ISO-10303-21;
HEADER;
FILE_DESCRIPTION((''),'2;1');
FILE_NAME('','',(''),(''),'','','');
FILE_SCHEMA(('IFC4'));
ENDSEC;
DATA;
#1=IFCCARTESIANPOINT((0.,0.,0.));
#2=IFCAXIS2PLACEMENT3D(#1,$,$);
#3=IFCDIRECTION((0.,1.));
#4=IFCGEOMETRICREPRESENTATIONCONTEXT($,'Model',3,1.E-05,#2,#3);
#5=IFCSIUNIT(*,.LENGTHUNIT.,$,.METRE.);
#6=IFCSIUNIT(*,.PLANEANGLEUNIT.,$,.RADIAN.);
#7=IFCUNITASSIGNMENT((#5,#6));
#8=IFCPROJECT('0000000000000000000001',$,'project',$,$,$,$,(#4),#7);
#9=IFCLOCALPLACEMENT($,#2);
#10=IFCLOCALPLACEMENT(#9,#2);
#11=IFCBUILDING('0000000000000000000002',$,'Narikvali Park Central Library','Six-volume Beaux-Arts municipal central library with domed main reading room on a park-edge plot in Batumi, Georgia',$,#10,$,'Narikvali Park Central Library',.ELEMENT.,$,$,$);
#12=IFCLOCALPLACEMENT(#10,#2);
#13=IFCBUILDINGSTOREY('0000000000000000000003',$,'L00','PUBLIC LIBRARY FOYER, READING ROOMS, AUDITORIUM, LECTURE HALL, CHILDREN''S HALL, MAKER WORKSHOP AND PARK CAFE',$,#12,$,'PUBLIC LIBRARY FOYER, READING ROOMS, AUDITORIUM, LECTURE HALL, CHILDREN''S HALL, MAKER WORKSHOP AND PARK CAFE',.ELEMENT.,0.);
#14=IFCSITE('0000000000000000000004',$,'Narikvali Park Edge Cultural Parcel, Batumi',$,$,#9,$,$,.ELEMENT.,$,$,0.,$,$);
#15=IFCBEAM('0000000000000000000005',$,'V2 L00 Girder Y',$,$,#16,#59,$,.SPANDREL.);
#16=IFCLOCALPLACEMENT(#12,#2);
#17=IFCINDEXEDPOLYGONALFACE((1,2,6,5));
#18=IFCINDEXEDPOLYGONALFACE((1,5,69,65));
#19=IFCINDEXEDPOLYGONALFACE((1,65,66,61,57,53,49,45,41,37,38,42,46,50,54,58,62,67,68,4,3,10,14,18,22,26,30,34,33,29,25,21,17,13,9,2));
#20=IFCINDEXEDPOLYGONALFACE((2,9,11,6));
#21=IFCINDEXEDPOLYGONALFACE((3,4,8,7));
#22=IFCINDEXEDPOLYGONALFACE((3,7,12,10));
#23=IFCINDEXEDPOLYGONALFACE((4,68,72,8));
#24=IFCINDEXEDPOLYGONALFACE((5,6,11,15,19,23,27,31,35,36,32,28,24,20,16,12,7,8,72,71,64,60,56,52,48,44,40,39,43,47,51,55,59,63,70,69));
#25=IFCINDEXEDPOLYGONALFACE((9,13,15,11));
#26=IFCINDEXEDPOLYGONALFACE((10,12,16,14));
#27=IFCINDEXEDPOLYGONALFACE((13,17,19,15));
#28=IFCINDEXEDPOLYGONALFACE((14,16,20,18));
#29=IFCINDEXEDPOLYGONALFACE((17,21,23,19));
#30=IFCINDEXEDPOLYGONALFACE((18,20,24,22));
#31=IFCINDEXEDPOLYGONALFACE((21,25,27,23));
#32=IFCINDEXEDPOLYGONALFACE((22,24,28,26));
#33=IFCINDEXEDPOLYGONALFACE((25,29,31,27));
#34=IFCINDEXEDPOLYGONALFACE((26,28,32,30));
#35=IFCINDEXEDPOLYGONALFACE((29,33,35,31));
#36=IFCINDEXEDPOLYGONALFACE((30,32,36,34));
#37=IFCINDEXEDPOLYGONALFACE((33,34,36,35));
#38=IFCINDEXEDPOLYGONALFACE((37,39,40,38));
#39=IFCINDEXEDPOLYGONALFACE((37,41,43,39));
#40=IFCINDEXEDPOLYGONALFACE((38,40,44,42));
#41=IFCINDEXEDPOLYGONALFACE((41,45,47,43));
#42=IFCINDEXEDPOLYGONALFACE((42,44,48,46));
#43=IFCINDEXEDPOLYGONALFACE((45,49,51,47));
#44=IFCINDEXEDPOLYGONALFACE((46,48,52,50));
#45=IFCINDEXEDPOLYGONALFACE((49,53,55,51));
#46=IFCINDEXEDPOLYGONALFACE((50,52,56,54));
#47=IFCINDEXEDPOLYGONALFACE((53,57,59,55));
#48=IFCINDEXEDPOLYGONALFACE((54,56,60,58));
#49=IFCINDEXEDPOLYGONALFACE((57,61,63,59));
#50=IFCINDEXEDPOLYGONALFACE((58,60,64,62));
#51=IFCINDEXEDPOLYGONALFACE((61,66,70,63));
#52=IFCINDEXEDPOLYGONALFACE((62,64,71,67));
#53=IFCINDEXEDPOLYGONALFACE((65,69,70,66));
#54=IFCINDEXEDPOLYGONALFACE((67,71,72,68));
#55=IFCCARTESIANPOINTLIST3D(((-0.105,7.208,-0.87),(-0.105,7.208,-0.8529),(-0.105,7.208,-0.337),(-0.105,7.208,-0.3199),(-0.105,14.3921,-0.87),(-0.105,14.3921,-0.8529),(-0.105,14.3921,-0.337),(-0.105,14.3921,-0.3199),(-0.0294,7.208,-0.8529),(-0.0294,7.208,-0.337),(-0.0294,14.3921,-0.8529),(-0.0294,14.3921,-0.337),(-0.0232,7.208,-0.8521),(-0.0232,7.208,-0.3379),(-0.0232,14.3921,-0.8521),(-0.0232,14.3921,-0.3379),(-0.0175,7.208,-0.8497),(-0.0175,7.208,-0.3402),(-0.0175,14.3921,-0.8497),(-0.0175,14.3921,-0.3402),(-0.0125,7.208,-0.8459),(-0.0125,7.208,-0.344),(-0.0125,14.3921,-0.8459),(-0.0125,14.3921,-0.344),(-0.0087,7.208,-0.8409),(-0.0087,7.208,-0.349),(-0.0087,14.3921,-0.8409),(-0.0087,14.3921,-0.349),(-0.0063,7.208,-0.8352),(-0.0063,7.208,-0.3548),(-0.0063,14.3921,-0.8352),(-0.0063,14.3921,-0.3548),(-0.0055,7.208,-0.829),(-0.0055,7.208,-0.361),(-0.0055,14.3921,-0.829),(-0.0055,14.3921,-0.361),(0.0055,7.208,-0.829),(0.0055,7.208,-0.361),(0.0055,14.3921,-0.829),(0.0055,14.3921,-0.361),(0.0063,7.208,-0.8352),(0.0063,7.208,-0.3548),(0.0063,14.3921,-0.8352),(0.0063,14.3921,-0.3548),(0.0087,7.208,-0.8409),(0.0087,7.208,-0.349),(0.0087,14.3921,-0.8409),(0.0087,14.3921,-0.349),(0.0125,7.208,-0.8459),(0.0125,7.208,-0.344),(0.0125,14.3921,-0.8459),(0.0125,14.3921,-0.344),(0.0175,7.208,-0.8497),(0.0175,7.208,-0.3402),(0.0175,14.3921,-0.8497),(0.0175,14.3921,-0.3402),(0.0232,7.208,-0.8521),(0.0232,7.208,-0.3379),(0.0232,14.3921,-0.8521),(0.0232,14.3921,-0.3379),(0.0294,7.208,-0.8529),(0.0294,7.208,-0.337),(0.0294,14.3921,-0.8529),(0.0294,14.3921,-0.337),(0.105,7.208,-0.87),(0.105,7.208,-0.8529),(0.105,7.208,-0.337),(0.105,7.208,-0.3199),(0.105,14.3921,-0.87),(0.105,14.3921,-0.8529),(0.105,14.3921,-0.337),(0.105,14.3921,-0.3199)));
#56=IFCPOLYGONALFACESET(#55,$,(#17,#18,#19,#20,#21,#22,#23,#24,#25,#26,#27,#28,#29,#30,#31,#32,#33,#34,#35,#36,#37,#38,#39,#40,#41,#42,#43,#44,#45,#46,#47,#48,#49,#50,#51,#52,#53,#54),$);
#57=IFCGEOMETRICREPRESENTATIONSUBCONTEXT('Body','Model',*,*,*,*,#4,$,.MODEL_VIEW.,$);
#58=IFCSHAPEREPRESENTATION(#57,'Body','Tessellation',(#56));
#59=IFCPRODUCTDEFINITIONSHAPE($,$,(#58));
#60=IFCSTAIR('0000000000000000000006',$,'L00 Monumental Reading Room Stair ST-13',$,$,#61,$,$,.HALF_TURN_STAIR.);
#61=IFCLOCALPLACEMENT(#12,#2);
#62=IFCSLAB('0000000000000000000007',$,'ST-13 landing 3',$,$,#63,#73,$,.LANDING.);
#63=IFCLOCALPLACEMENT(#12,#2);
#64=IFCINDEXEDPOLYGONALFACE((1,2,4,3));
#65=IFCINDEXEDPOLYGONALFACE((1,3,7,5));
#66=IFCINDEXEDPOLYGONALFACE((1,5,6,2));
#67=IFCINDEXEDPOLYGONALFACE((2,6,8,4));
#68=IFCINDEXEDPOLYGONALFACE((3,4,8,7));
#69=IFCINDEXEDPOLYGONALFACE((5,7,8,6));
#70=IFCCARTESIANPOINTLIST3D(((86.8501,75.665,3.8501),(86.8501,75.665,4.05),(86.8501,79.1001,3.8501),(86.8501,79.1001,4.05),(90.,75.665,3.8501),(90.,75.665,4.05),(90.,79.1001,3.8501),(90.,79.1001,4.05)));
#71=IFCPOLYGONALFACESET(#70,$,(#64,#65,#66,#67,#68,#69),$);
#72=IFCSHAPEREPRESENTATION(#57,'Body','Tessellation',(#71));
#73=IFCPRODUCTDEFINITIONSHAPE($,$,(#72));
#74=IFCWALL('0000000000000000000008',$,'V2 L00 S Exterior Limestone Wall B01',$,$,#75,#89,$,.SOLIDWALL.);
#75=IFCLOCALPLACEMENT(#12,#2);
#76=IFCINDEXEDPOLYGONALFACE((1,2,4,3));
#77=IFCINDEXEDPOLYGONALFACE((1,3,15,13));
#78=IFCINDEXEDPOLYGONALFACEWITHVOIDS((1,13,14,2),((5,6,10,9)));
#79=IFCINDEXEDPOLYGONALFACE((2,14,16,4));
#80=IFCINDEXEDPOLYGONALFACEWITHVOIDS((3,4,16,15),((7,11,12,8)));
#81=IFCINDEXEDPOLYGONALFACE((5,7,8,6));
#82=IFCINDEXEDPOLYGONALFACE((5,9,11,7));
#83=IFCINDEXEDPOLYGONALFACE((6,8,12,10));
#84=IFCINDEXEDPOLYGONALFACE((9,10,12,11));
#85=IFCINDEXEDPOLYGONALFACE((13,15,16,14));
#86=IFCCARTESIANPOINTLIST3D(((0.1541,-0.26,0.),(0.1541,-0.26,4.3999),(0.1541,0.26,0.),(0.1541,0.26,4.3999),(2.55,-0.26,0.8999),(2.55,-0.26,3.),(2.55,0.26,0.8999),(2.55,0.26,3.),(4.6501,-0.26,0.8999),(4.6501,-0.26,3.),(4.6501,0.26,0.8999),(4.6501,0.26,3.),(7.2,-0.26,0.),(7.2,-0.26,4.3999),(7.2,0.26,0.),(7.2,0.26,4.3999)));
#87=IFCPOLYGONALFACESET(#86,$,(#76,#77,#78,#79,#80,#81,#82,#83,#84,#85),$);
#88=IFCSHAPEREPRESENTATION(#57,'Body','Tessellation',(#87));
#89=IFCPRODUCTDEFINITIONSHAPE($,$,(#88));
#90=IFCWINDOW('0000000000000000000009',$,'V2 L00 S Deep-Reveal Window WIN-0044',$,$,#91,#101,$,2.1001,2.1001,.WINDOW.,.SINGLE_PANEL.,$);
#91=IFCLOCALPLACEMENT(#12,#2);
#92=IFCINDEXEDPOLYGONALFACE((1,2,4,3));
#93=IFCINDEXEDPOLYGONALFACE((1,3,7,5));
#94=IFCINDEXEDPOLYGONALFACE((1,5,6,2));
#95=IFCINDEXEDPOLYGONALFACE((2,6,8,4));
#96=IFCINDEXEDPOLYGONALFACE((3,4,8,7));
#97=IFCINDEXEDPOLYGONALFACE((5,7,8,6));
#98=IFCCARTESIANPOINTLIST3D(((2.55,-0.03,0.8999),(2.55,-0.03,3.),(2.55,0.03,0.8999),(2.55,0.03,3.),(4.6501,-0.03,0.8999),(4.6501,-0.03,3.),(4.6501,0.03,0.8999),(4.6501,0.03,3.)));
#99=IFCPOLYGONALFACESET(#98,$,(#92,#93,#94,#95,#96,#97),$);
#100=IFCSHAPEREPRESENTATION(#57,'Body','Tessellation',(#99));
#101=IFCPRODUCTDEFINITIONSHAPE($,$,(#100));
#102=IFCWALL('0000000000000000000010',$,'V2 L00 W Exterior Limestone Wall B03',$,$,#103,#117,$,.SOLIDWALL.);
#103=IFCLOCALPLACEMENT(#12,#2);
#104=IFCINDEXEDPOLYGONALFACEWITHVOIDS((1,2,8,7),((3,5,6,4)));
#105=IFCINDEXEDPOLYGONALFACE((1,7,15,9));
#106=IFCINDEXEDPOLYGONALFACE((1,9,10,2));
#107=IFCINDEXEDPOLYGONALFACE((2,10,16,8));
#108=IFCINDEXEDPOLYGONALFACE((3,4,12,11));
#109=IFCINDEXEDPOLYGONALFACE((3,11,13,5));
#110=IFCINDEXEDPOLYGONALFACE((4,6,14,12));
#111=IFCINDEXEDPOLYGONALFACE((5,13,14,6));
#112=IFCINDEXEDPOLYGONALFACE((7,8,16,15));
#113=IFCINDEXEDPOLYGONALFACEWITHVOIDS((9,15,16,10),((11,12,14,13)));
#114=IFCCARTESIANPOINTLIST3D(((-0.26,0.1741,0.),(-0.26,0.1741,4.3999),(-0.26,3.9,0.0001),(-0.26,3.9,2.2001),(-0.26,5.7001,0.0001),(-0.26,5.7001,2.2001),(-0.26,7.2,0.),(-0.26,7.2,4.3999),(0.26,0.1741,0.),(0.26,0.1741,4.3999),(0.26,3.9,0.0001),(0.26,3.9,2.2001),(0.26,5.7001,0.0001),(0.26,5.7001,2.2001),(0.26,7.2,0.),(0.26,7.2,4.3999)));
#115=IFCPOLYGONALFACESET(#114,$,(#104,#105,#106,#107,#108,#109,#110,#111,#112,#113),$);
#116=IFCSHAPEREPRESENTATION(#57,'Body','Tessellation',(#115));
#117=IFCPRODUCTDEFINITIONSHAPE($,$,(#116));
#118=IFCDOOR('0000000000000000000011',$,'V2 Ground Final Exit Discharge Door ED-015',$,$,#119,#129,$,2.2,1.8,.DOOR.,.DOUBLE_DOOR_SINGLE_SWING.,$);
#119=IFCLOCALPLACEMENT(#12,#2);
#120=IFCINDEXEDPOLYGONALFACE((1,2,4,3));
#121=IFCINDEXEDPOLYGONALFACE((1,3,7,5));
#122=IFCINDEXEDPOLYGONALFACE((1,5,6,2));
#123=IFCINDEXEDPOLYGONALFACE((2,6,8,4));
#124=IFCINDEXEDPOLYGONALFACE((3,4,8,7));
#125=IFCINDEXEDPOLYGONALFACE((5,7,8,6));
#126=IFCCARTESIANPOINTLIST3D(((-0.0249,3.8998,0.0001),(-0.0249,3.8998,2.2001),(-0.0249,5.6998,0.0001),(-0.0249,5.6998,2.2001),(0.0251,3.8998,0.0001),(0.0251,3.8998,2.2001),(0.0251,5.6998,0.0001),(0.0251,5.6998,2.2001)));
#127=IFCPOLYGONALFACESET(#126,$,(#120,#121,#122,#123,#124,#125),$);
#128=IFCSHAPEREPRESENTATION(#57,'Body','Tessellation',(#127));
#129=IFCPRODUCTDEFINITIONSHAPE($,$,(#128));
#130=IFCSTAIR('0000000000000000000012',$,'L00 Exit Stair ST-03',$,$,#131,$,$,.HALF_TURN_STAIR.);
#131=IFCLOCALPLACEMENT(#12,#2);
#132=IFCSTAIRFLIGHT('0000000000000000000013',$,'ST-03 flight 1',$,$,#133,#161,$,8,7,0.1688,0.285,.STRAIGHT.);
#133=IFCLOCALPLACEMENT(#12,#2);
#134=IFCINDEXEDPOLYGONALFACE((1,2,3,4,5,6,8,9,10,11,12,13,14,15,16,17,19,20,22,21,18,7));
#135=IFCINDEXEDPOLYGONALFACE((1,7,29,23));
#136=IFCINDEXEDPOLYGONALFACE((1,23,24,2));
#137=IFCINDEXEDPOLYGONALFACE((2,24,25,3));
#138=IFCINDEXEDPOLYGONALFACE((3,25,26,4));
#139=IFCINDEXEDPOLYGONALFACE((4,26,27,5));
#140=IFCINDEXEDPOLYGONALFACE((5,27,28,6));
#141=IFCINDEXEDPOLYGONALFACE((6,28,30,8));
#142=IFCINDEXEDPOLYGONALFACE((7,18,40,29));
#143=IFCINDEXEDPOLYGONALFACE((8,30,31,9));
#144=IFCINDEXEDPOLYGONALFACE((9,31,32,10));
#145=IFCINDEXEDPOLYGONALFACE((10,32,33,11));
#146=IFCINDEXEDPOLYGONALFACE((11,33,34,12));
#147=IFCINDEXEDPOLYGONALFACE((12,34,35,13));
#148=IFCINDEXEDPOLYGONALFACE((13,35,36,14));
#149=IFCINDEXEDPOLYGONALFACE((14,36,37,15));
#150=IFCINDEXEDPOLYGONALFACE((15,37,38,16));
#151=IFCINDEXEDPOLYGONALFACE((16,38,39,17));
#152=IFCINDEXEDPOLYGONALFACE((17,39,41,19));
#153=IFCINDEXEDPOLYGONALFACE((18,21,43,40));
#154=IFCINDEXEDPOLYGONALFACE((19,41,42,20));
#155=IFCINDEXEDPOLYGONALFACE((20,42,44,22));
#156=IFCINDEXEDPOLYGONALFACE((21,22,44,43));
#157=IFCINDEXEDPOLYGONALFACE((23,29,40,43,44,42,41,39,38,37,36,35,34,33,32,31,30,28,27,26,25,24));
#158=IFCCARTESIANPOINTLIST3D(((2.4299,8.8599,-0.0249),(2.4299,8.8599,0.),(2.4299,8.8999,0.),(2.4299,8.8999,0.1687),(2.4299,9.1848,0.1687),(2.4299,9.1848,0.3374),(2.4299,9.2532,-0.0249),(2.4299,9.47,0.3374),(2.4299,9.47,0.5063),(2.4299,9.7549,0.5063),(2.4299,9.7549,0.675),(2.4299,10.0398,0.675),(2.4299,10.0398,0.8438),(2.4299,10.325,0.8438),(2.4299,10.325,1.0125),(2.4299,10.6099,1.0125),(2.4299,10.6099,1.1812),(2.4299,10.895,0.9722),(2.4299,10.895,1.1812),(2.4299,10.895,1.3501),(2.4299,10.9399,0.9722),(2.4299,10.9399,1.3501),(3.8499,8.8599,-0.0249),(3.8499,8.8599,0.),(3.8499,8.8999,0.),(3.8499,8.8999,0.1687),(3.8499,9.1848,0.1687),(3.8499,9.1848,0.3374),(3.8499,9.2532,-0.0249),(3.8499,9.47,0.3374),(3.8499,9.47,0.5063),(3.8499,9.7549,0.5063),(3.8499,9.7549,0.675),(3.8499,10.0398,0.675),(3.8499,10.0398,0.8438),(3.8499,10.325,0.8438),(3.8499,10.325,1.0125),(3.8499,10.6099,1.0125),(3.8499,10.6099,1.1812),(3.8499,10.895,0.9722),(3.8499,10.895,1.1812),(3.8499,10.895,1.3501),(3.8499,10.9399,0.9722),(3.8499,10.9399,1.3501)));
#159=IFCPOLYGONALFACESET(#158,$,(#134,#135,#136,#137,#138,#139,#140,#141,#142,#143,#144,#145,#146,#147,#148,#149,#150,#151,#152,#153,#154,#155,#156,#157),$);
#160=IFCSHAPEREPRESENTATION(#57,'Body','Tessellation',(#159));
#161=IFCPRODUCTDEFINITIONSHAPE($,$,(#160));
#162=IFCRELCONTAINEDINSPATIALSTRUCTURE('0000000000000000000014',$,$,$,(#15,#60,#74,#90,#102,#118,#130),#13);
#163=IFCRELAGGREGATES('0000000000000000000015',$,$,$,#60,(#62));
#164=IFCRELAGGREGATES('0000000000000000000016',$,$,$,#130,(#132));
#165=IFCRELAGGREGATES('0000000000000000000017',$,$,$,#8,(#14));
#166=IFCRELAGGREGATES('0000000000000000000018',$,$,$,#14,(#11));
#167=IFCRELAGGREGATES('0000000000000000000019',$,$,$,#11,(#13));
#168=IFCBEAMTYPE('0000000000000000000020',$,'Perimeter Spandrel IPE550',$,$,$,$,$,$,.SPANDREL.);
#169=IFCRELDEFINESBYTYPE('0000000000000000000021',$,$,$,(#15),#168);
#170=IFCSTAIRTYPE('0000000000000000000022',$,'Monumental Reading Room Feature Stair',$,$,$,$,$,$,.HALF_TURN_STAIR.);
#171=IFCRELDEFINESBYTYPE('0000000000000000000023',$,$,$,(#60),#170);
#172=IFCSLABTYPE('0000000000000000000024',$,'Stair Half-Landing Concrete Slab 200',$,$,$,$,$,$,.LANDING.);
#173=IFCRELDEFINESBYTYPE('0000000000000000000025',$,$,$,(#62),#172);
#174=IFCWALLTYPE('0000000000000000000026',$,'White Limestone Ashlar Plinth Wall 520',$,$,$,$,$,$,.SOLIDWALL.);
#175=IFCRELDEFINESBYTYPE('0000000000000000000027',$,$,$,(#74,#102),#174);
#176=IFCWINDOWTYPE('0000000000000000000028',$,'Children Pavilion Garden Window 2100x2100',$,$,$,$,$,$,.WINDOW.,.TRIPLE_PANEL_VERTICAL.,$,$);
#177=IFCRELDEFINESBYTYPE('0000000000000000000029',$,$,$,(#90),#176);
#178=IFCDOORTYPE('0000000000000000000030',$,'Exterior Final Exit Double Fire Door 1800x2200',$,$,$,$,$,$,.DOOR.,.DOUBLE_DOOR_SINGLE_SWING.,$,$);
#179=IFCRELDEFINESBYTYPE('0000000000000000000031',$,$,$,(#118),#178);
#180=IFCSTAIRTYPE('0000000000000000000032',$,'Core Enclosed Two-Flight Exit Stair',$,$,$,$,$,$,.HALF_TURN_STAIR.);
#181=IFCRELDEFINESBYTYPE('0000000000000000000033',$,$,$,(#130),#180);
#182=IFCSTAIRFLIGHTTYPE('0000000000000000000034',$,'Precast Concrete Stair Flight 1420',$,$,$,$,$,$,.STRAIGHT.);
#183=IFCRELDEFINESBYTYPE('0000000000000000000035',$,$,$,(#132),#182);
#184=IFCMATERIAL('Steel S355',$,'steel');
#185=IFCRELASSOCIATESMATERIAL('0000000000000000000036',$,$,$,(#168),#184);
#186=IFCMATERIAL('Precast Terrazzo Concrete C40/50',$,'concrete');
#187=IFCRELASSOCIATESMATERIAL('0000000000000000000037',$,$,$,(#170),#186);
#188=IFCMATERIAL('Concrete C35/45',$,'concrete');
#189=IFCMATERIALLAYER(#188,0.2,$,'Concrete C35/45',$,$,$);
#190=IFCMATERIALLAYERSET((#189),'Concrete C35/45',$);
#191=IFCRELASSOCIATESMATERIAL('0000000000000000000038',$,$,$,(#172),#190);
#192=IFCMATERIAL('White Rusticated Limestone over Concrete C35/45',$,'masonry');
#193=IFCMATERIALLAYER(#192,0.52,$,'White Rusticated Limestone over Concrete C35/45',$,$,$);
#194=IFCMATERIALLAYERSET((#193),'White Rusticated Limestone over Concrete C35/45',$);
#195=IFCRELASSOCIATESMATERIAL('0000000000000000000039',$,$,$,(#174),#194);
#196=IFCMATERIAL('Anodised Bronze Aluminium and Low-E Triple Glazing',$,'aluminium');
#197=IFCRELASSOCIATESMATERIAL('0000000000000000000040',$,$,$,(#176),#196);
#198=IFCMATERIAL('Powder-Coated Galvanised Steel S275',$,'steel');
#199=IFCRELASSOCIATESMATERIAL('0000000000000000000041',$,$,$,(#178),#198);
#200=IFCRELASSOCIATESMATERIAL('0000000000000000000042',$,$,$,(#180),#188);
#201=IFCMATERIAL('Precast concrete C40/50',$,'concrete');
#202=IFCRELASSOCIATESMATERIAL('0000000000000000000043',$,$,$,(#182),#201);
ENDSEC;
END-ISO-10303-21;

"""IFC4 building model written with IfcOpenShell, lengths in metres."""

from ifc_helpers import new_model, si_unit, direction, frame, frame_2d, origin, origin_2d, place, context, subcontext, project, spatial, polyline, rectangle, i_section, outline, extrude, material, layer, layer_set, material_profile, profile_set, type_object, element, fill, aggregate, save


model = new_model("IFC4")

# Units and contexts
model_context = context("Model", 3, precision=1e-05, world=origin(), true_north=direction((0.0, 1.0)))
body_context = subcontext(model_context, "Body", "Model", "MODEL_VIEW")
ifc_project = project(units=[si_unit("LENGTHUNIT", "METRE"), si_unit("PLANEANGLEUNIT", "RADIAN")], contexts=[model_context])

# Site, building, storey
site_placement = place(None, origin())
site = spatial("IfcSite", under=ifc_project, at=site_placement, Name="Narikvali Park Edge Cultural Parcel, Batumi", CompositionType="ELEMENT", RefElevation=0.0)
building_placement = place(site_placement, origin())
building = spatial("IfcBuilding", under=site, at=building_placement, Name="Narikvali Park Central Library", Description="Six-volume Beaux-Arts municipal central library with domed main reading room on a park-edge plot in Batumi, Georgia", LongName="Narikvali Park Central Library", CompositionType="ELEMENT")
storey_placement = place(building_placement, origin())
storey = spatial("IfcBuildingStorey", under=building, at=storey_placement, Name="L00", Description="PUBLIC LIBRARY FOYER, READING ROOMS, AUDITORIUM, LECTURE HALL, CHILDREN'S HALL, MAKER WORKSHOP AND PARK CAFE", LongName="PUBLIC LIBRARY FOYER, READING ROOMS, AUDITORIUM, LECTURE HALL, CHILDREN'S HALL, MAKER WORKSHOP AND PARK CAFE", CompositionType="ELEMENT", Elevation=0.0)

# Shared definitions
ifc_material_1 = material(Name="Steel S355", Category="steel")

# Beam
ifc_material_profile_1 = material_profile(ifc_material_1, i_section(OverallWidth=0.21, OverallDepth=0.55, WebThickness=0.011, FlangeThickness=0.0171, FilletRadius=0.0239, at=origin_2d()), Name="IPE 550")
ifc_profile_set_1 = profile_set([ifc_material_profile_1], Name="Steel S355")
beam_type_1 = type_object("IfcBeamType", Name="Perimeter Spandrel IPE550", PredefinedType="SPANDREL", material=ifc_profile_set_1)
beam_1_placement = place(storey_placement, frame((0.0, 7.208, -0.595), z_axis=(0.0, 1.0, 0.0), x_axis=(-1.0, 0.0, 0.0)))
element("IfcBeam", 1, at=beam_1_placement, inside=storey, type_object=beam_type_1, Name="V2 L00 Girder Y", PredefinedType="SPANDREL", context=body_context, shape_type="SweptSolid", body=[
    extrude(i_section(OverallWidth=0.21, OverallDepth=0.55, WebThickness=0.011, FlangeThickness=0.0171, FilletRadius=0.0239, at=origin_2d()), origin(), (0.0, 0.0, 1.0), 7.1841),
])

# Stair, slab
ifc_material_2 = material(Name="Precast Terrazzo Concrete C40/50", Category="concrete")
stair_type_1 = type_object("IfcStairType", Name="Monumental Reading Room Feature Stair", PredefinedType="HALF_TURN_STAIR", material=ifc_material_2)
stair_1_placement = place(storey_placement, origin())
stair_1 = element("IfcStair", 2, at=stair_1_placement, inside=storey, type_object=stair_type_1, Name="L00 Monumental Reading Room Stair ST-13", PredefinedType="HALF_TURN_STAIR")
ifc_material_3 = material(Name="Concrete C35/45", Category="concrete")
ifc_layer_1 = layer(ifc_material_3, 0.2, Name="Concrete C35/45")
ifc_layer_set_1 = layer_set([ifc_layer_1], Name="Concrete C35/45")
slab_type = type_object("IfcSlabType", Name="Stair Half-Landing Concrete Slab 200", PredefinedType="LANDING", material=ifc_layer_set_1)
slab_placement = place(storey_placement, frame((0.0, 0.0, 3.8501)))
slab = element("IfcSlab", 3, at=slab_placement, type_object=slab_type, Name="ST-13 landing 3", PredefinedType="LANDING", context=body_context, shape_type="SweptSolid", body=[
    extrude(outline(polyline([(90.0, 75.665), (90.0, 79.1001), (86.8501, 79.1001), (86.8501, 75.665), (90.0, 75.665)])), origin(), (0.0, 0.0, 1.0), 0.2),
])
aggregate(stair_1, [slab])

# Wall, opening, window
ifc_material_4 = material(Name="White Rusticated Limestone over Concrete C35/45", Category="masonry")
ifc_layer_2 = layer(ifc_material_4, 0.52, Name="White Rusticated Limestone over Concrete C35/45")
ifc_layer_set_2 = layer_set([ifc_layer_2], Name="White Rusticated Limestone over Concrete C35/45")
wall_type_1 = type_object("IfcWallType", Name="White Limestone Ashlar Plinth Wall 520", PredefinedType="SOLIDWALL", material=ifc_layer_set_2)
wall_1_placement = place(storey_placement, frame((0.1541, 0.0, 0.0), z_axis=(0.0, 0.0, 1.0), x_axis=(1.0, 0.0, 0.0)))
wall_1 = element("IfcWall", 4, at=wall_1_placement, inside=storey, type_object=wall_type_1, Name="V2 L00 S Exterior Limestone Wall B01", PredefinedType="SOLIDWALL", context=body_context, shape_type="SweptSolid", body=[
    extrude(rectangle(XDim=7.0459, YDim=0.52, at=frame_2d((3.5229, 0.0))), origin(), (0.0, 0.0, 1.0), 4.3999),
])
opening_1_placement = place(wall_1_placement, frame((2.396, 0.0, 0.8999)))
opening_1 = element("IfcOpeningElement", 5, at=opening_1_placement, cuts=wall_1, PredefinedType="OPENING", context=body_context, shape_type="SweptSolid", body=[
    extrude(rectangle(XDim=2.1001, YDim=2.1001, at=frame_2d((1.05, 1.05))), frame((0.0, 0.272, 0.0), z_axis=(0.0, -1.0, 0.0), x_axis=(1.0, 0.0, 0.0)), (0.0, 0.0, 1.0), 0.5439),
])
ifc_material_5 = material(Name="Anodised Bronze Aluminium and Low-E Triple Glazing", Category="aluminium")
window_type = type_object("IfcWindowType", Name="Children Pavilion Garden Window 2100x2100", PartitioningType="TRIPLE_PANEL_VERTICAL", PredefinedType="WINDOW", material=ifc_material_5)
window_placement = place(opening_1_placement, origin())
window = element("IfcWindow", 6, at=window_placement, inside=storey, type_object=window_type, Name="V2 L00 S Deep-Reveal Window WIN-0044", OverallHeight=2.1001, OverallWidth=2.1001, PartitioningType="SINGLE_PANEL", PredefinedType="WINDOW", context=body_context, shape_type="SweptSolid", body=[
    extrude(rectangle(XDim=2.1001, YDim=2.1001, at=frame_2d((1.05, 1.05))), frame((0.0, 0.03, 0.0), z_axis=(0.0, -1.0, 0.0), x_axis=(1.0, 0.0, 0.0)), (0.0, 0.0, 1.0), 0.0601),
])
fill(opening_1, window)

# Wall, opening, door
wall_2_placement = place(storey_placement, frame((0.0, 7.2, 0.0), z_axis=(0.0, 0.0, 1.0), x_axis=(0.0, -1.0, 0.0)))
wall_2 = element("IfcWall", 7, at=wall_2_placement, inside=storey, type_object=wall_type_1, Name="V2 L00 W Exterior Limestone Wall B03", PredefinedType="SOLIDWALL", context=body_context, shape_type="SweptSolid", body=[
    extrude(rectangle(XDim=7.0259, YDim=0.52, at=frame_2d((3.5129, 0.0))), origin(), (0.0, 0.0, 1.0), 4.3999),
])
opening_2_placement = place(wall_2_placement, frame((1.5, 0.0, 0.0)))
opening_2 = element("IfcOpeningElement", 8, at=opening_2_placement, cuts=wall_2, PredefinedType="OPENING", context=body_context, shape_type="SweptSolid", body=[
    extrude(rectangle(XDim=1.8, YDim=2.2, at=frame_2d((0.8999, 1.1001))), frame((0.0, 0.272, 0.0), z_axis=(0.0, -1.0, 0.0), x_axis=(1.0, 0.0, 0.0)), (0.0, 0.0, 1.0), 0.5439),
])
ifc_material_6 = material(Name="Powder-Coated Galvanised Steel S275", Category="steel")
door_type_1 = type_object("IfcDoorType", Name="Exterior Final Exit Double Fire Door 1800x2200", OperationType="DOUBLE_DOOR_SINGLE_SWING", PredefinedType="DOOR", material=ifc_material_6)
door_1_placement = place(opening_2_placement, frame((1.8, 0.0, 0.0), z_axis=(0.0, 0.0, 1.0), x_axis=(-1.0, 0.0, 0.0)))
door_1 = element("IfcDoor", 9, at=door_1_placement, inside=storey, type_object=door_type_1, Name="V2 Ground Final Exit Discharge Door ED-015", OperationType="DOUBLE_DOOR_SINGLE_SWING", OverallHeight=2.2, OverallWidth=1.8, PredefinedType="DOOR", context=body_context, shape_type="SweptSolid", body=[
    extrude(rectangle(XDim=1.8, YDim=2.2, at=frame_2d((0.8999, 1.1001))), frame((0.0, 0.0249, 0.0), z_axis=(0.0, -1.0, 0.0), x_axis=(1.0, 0.0, 0.0)), (0.0, 0.0, 1.0), 0.05),
])
fill(opening_2, door_1)

# Stair, stair flight
stair_type_2 = type_object("IfcStairType", Name="Core Enclosed Two-Flight Exit Stair", PredefinedType="HALF_TURN_STAIR", material=ifc_material_3)
stair_2_placement = place(storey_placement, origin())
stair_2 = element("IfcStair", 10, at=stair_2_placement, inside=storey, type_object=stair_type_2, Name="L00 Exit Stair ST-03", PredefinedType="HALF_TURN_STAIR")
ifc_material_7 = material(Name="Precast concrete C40/50", Category="concrete")
stair_flight_type = type_object("IfcStairFlightType", Name="Precast Concrete Stair Flight 1420", PredefinedType="STRAIGHT", material=ifc_material_7)
stair_flight_1_placement = place(storey_placement, frame((3.1399, 8.8999, 0.0), z_axis=(0.0, 0.0, 1.0), x_axis=(0.0, 1.0, 0.0)))
stair_flight_1 = element("IfcStairFlight", 11, at=stair_flight_1_placement, type_object=stair_flight_type, Name="ST-03 flight 1", NumberOfRisers=8, NumberOfTreads=7, PredefinedType="STRAIGHT", RiserHeight=0.1688, TreadLength=0.285, context=body_context, shape_type="SweptSolid", body=[
    extrude(outline(polyline([(-0.04, -0.0249), (-0.04, 0.0), (0.0, 0.0), (0.0, 0.1687), (0.2849, 0.1687), (0.2849, 0.3374), (0.5701, 0.3374), (0.5701, 0.5063), (0.855, 0.5063), (0.855, 0.675), (1.1399, 0.675), (1.1399, 0.8438), (1.425, 0.8438), (1.425, 1.0125), (1.71, 1.0125), (1.71, 1.1812), (1.9951, 1.1812), (1.9951, 1.3501), (2.04, 1.3501), (2.04, 0.9722), (1.9951, 0.9722), (0.3533, -0.0249), (-0.04, -0.0249)])), frame((0.0, 0.71, 0.0), z_axis=(0.0, -1.0, 0.0), x_axis=(1.0, 0.0, 0.0)), (0.0, 0.0, 1.0), 1.4199),
])
aggregate(stair_2, [stair_flight_1])

save(model, "model.ifc")
